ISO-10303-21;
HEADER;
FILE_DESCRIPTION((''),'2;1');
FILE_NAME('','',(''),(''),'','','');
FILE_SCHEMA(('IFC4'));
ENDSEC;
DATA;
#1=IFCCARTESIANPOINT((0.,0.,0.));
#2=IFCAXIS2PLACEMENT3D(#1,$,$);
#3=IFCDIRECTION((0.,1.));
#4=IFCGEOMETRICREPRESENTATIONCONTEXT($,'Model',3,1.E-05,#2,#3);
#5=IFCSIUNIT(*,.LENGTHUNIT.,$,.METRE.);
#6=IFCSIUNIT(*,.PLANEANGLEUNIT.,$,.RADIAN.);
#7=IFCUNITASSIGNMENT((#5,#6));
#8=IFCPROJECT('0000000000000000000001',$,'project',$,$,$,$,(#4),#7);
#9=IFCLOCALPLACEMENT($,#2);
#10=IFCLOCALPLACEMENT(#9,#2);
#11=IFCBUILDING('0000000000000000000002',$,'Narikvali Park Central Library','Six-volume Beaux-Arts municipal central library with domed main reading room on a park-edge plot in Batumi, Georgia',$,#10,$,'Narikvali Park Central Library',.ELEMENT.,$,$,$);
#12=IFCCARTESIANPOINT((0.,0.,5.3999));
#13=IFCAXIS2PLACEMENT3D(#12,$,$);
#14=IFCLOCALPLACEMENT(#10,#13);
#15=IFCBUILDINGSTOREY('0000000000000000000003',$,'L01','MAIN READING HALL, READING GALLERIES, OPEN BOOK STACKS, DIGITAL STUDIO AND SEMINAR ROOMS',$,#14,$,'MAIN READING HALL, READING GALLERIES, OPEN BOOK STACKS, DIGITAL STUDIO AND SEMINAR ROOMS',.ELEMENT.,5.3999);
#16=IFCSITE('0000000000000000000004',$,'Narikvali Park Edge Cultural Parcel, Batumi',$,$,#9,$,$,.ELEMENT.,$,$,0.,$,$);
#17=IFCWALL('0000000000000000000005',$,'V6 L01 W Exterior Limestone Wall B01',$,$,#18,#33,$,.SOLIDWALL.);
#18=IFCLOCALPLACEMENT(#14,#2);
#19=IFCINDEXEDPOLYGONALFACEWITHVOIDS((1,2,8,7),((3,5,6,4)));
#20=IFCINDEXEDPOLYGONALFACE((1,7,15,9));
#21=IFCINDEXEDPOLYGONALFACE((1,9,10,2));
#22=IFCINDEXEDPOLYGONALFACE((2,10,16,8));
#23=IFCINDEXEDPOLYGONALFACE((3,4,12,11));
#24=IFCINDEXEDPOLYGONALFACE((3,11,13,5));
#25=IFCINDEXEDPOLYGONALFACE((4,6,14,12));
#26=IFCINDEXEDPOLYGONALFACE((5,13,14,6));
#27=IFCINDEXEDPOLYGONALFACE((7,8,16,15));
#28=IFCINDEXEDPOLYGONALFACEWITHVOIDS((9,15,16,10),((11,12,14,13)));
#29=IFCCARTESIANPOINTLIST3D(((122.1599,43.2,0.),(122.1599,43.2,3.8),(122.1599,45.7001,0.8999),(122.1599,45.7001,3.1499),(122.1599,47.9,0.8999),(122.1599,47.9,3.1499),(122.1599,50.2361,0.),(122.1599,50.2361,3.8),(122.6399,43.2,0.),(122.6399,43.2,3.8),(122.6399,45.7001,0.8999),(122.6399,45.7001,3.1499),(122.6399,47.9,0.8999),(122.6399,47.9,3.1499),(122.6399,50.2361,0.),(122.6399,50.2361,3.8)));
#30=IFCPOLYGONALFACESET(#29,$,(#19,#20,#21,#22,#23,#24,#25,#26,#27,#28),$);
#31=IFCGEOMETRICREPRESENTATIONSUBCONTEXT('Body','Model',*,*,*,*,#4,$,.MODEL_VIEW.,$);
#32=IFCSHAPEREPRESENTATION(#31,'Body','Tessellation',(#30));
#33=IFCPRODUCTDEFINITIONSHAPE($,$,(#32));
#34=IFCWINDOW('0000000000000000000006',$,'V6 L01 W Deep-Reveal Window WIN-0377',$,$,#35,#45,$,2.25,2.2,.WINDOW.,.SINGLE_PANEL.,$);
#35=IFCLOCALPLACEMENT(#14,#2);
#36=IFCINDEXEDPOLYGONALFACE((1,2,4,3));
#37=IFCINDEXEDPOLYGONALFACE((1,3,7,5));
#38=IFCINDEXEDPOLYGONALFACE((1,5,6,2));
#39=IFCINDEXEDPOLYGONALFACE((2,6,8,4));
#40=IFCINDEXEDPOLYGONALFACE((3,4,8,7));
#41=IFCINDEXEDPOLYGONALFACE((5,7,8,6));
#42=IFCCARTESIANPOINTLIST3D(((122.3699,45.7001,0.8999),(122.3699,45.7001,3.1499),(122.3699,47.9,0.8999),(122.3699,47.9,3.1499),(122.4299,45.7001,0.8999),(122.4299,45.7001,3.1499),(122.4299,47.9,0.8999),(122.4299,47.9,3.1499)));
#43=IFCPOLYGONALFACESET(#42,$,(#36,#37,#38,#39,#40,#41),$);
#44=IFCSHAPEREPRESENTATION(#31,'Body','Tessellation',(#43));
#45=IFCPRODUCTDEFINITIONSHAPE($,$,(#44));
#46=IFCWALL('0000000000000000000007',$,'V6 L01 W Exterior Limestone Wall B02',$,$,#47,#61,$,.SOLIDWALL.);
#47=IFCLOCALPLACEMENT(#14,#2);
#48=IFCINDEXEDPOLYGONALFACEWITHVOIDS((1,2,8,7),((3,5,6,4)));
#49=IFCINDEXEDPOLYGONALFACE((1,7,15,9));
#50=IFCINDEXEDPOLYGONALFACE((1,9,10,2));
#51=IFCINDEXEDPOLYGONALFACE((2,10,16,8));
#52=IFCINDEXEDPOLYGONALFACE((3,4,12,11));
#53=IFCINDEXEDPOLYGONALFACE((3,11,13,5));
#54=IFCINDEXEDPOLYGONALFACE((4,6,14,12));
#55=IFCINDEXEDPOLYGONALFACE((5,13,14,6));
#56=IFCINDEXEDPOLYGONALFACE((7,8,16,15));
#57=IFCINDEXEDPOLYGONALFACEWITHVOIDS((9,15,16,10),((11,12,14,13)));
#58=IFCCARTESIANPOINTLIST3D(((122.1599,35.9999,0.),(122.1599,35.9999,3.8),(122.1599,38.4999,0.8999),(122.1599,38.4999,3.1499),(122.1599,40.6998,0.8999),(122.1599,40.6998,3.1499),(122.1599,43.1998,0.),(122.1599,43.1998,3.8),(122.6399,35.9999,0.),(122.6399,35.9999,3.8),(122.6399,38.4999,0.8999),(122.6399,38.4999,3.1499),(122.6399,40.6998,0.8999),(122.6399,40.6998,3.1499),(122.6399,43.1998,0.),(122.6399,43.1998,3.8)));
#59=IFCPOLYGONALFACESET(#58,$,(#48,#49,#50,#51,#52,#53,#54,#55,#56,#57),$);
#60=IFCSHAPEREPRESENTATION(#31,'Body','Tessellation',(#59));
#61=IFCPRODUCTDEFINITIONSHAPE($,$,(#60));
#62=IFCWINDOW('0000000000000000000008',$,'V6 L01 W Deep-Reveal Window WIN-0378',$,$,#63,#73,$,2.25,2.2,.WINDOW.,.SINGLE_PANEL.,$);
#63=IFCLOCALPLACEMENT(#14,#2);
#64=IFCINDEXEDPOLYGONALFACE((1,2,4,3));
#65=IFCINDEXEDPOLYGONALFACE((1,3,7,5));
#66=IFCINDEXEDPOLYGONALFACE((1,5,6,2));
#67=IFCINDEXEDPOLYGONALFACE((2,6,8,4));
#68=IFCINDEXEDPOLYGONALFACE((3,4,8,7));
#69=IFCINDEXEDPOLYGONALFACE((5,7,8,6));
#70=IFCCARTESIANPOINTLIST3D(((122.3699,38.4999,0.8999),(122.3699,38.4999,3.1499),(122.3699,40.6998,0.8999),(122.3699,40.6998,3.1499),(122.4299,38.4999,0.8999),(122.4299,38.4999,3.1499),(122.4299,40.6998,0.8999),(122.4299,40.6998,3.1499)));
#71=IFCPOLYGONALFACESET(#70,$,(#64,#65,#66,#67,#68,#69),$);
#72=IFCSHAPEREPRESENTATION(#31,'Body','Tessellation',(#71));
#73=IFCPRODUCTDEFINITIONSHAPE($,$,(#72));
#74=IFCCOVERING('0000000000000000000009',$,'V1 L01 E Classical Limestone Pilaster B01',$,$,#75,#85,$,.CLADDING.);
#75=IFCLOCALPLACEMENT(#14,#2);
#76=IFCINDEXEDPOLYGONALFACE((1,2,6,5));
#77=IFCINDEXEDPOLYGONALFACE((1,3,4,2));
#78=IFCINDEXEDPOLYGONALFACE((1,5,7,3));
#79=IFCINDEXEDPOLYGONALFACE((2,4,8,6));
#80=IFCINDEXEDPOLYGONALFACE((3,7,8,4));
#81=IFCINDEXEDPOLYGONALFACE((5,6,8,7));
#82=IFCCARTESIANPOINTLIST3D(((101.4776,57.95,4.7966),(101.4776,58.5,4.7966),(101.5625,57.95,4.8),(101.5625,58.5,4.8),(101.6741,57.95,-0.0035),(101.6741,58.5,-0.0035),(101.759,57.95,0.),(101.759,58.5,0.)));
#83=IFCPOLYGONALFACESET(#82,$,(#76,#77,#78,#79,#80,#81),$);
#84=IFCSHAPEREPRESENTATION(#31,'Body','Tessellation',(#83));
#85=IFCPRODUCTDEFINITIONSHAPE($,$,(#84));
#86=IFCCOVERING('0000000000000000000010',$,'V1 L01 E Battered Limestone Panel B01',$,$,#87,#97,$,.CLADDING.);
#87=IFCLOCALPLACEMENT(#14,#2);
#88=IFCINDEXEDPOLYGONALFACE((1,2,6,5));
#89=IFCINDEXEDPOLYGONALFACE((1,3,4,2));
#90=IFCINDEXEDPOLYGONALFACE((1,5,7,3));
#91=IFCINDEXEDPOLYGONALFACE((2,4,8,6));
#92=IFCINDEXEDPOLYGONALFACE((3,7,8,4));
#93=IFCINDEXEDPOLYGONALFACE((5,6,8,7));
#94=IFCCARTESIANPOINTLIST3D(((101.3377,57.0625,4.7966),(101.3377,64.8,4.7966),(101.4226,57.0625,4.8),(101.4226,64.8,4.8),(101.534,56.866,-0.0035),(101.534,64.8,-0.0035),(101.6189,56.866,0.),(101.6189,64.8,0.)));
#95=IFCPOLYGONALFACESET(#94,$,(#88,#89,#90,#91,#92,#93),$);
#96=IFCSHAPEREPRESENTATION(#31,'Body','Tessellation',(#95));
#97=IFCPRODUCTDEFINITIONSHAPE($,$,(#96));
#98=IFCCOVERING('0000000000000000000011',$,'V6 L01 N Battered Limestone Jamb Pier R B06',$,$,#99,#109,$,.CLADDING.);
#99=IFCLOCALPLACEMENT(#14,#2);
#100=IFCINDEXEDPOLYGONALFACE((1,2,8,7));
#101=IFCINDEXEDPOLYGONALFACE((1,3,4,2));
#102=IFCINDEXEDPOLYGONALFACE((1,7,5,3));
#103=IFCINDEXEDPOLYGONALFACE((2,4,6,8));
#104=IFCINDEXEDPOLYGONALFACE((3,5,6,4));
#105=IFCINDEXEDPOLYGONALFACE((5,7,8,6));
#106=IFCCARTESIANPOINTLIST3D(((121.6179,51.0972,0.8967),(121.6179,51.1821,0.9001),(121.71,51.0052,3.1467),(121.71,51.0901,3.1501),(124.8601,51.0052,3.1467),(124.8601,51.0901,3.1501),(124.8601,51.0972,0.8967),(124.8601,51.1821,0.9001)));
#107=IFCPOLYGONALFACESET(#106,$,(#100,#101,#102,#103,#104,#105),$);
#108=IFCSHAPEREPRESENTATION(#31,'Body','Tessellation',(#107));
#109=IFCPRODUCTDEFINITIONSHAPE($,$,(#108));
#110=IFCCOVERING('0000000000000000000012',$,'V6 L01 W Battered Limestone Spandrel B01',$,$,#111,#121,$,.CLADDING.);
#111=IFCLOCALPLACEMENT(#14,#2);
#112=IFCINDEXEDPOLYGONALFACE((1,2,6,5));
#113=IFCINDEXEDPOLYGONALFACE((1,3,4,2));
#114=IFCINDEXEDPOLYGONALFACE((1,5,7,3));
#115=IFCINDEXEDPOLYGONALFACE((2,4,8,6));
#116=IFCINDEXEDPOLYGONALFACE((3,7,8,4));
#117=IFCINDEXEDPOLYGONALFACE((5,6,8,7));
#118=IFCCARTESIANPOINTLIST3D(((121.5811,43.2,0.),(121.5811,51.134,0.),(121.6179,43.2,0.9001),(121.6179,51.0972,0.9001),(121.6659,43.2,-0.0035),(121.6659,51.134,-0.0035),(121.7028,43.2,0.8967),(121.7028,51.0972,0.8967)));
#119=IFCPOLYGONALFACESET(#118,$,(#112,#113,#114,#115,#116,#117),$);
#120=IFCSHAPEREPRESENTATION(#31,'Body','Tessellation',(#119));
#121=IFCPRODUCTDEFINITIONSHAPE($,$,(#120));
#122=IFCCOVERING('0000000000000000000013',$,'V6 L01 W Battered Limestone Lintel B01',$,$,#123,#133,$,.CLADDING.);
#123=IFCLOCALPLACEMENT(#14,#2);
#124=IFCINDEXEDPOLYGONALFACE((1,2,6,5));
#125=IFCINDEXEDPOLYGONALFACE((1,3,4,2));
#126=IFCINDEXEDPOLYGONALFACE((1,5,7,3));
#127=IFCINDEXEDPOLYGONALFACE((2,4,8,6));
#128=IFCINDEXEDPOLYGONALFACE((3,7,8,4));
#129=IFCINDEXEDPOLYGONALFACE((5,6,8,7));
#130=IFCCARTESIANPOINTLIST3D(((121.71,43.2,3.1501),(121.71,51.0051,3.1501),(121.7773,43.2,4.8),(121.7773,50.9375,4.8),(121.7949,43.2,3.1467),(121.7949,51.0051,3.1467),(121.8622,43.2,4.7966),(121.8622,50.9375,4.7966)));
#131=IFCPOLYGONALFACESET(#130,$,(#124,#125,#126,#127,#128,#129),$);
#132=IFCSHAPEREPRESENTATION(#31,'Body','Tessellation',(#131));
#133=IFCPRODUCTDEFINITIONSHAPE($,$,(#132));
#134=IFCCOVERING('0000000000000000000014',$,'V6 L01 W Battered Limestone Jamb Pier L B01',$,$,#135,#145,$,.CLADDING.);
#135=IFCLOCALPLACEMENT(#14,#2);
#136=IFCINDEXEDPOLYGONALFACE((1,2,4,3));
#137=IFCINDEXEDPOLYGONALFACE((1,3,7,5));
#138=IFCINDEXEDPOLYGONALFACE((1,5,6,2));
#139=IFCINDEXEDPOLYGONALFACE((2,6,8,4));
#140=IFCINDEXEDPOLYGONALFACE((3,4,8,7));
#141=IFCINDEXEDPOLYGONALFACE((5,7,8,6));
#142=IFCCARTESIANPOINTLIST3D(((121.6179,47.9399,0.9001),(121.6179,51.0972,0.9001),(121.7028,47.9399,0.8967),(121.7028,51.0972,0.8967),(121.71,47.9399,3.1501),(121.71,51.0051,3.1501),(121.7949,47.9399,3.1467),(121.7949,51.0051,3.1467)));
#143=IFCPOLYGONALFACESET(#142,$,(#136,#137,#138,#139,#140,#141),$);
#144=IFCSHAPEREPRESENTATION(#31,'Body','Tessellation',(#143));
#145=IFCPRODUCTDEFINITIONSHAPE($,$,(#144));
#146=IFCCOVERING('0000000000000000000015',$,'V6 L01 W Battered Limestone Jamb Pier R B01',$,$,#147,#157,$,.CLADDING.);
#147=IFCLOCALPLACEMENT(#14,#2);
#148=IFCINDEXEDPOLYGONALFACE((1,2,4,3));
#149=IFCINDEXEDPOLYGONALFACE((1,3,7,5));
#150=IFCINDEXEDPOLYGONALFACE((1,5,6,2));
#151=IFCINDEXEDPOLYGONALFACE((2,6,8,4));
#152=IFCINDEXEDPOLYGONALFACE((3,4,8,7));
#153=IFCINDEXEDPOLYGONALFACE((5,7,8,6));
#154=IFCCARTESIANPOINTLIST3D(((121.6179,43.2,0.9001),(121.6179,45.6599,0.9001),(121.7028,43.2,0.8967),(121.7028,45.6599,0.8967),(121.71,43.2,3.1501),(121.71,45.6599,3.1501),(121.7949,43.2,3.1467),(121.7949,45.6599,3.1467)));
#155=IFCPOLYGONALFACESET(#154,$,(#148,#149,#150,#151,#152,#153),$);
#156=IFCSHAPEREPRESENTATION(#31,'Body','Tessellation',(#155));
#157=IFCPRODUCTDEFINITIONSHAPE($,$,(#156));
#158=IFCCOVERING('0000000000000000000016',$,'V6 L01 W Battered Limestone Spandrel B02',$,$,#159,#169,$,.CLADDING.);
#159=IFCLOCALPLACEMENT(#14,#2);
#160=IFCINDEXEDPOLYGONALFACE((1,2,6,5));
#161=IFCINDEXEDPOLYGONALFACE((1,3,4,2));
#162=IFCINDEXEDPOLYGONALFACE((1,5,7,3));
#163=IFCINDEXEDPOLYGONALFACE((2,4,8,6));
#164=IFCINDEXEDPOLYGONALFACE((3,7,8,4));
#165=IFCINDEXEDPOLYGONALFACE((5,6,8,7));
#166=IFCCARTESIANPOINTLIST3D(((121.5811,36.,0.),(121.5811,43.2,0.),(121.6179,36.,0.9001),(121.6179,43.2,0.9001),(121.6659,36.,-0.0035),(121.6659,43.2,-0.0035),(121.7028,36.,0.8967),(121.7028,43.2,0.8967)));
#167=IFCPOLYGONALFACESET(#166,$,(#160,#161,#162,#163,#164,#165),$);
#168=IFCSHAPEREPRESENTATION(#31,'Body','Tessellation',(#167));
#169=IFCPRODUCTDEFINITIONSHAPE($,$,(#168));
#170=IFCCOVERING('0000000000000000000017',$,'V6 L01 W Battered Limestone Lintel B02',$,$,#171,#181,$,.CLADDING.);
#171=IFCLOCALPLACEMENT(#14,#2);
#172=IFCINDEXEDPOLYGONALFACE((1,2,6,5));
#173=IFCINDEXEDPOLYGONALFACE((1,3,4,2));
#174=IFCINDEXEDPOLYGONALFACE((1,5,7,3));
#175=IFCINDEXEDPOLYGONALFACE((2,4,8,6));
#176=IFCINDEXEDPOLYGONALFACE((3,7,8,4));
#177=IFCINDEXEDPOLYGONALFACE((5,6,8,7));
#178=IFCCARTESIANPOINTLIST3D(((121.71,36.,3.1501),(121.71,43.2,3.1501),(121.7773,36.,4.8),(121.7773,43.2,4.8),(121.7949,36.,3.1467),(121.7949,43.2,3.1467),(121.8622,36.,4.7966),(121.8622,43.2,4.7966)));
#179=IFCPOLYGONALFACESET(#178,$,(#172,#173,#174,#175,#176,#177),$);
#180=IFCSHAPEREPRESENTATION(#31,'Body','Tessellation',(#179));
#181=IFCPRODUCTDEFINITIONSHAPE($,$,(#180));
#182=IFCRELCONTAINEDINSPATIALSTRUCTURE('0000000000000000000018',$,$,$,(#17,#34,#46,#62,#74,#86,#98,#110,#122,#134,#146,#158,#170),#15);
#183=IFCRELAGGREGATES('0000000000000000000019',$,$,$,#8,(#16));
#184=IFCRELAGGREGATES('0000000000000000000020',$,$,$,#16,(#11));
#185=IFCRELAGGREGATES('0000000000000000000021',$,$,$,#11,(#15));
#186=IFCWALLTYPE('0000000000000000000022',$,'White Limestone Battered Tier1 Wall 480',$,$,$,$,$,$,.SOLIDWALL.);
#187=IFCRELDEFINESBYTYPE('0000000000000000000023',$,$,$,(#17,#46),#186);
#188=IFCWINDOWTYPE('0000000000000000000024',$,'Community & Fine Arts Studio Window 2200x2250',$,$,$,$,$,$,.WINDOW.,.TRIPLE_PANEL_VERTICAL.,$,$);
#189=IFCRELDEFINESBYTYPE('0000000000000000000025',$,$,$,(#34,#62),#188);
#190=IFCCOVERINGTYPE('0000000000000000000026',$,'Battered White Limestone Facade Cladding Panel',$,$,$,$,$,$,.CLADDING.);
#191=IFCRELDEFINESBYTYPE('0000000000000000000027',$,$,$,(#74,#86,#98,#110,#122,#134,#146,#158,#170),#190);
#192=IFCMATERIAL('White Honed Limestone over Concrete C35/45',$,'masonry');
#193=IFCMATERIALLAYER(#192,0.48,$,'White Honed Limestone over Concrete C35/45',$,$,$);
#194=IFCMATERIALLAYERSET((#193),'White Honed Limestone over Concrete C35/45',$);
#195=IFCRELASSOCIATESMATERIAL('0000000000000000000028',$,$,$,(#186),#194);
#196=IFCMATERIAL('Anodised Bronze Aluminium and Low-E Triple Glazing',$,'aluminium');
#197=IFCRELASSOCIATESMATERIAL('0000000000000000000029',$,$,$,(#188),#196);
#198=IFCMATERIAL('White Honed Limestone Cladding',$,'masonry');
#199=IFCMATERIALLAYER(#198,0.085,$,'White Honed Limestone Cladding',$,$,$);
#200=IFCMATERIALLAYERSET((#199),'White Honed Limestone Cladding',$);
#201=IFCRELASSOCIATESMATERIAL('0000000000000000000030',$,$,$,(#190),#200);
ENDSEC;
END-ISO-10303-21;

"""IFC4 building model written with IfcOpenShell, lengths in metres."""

from ifc_helpers import new_model, si_unit, direction, frame, frame_2d, origin, place, context, subcontext, project, spatial, polyline, rectangle, outline, extrude, material, layer, layer_set, type_object, element, fill, save


model = new_model("IFC4")

# Units and contexts
model_context = context("Model", 3, precision=1e-05, world=origin(), true_north=direction((0.0, 1.0)))
body_context = subcontext(model_context, "Body", "Model", "MODEL_VIEW")
ifc_project = project(units=[si_unit("LENGTHUNIT", "METRE"), si_unit("PLANEANGLEUNIT", "RADIAN")], contexts=[model_context])

# Site, building, storey
site_placement = place(None, origin())
site = spatial("IfcSite", under=ifc_project, at=site_placement, Name="Narikvali Park Edge Cultural Parcel, Batumi", CompositionType="ELEMENT", RefElevation=0.0)
building_placement = place(site_placement, origin())
building = spatial("IfcBuilding", under=site, at=building_placement, Name="Narikvali Park Central Library", Description="Six-volume Beaux-Arts municipal central library with domed main reading room on a park-edge plot in Batumi, Georgia", LongName="Narikvali Park Central Library", CompositionType="ELEMENT")
storey_placement = place(building_placement, frame((0.0, 0.0, 5.3999)))
storey = spatial("IfcBuildingStorey", under=building, at=storey_placement, Name="L01", Description="MAIN READING HALL, READING GALLERIES, OPEN BOOK STACKS, DIGITAL STUDIO AND SEMINAR ROOMS", LongName="MAIN READING HALL, READING GALLERIES, OPEN BOOK STACKS, DIGITAL STUDIO AND SEMINAR ROOMS", CompositionType="ELEMENT", Elevation=5.3999)

# Walls, openings, windows
ifc_material_1 = material(Name="White Honed Limestone over Concrete C35/45", Category="masonry")
ifc_layer_1 = layer(ifc_material_1, 0.48, Name="White Honed Limestone over Concrete C35/45")
ifc_layer_set_1 = layer_set([ifc_layer_1], Name="White Honed Limestone over Concrete C35/45")
wall_type = type_object("IfcWallType", Name="White Limestone Battered Tier1 Wall 480", PredefinedType="SOLIDWALL", material=ifc_layer_set_1)
wall_1_placement = place(storey_placement, frame((122.3999, 50.2361, 0.0), z_axis=(0.0, 0.0, 1.0), x_axis=(0.0, -1.0, 0.0)))
wall_1 = element("IfcWall", 1, at=wall_1_placement, inside=storey, type_object=wall_type, Name="V6 L01 W Exterior Limestone Wall B01", PredefinedType="SOLIDWALL", context=body_context, shape_type="SweptSolid", body=[
    extrude(rectangle(XDim=7.0361, YDim=0.48, at=frame_2d((3.5181, 0.0))), origin(), (0.0, 0.0, 1.0), 3.8),
])
opening_1_placement = place(wall_1_placement, frame((2.3359, 0.0, 0.8999)))
opening_1 = element("IfcOpeningElement", 2, at=opening_1_placement, cuts=wall_1, PredefinedType="OPENING", context=body_context, shape_type="SweptSolid", body=[
    extrude(rectangle(XDim=2.2, YDim=2.25, at=frame_2d((1.1001, 1.125))), frame((0.0, 0.252, 0.0), z_axis=(0.0, -1.0, 0.0), x_axis=(1.0, 0.0, 0.0)), (0.0, 0.0, 1.0), 0.5039),
])
ifc_material_2 = material(Name="Anodised Bronze Aluminium and Low-E Triple Glazing", Category="aluminium")
window_type_1 = type_object("IfcWindowType", Name="Community & Fine Arts Studio Window 2200x2250", PartitioningType="TRIPLE_PANEL_VERTICAL", PredefinedType="WINDOW", material=ifc_material_2)
window_1_placement = place(opening_1_placement, origin())
window_1 = element("IfcWindow", 3, at=window_1_placement, inside=storey, type_object=window_type_1, Name="V6 L01 W Deep-Reveal Window WIN-0377", OverallHeight=2.25, OverallWidth=2.2, PartitioningType="SINGLE_PANEL", PredefinedType="WINDOW", context=body_context, shape_type="SweptSolid", body=[
    extrude(rectangle(XDim=2.2, YDim=2.25, at=frame_2d((1.1001, 1.125))), frame((0.0, 0.03, 0.0), z_axis=(0.0, -1.0, 0.0), x_axis=(1.0, 0.0, 0.0)), (0.0, 0.0, 1.0), 0.0601),
])
fill(opening_1, window_1)
wall_2_placement = place(storey_placement, frame((122.3999, 43.2, 0.0), z_axis=(0.0, 0.0, 1.0), x_axis=(0.0, -1.0, 0.0)))
wall_2 = element("IfcWall", 4, at=wall_2_placement, inside=storey, type_object=wall_type, Name="V6 L01 W Exterior Limestone Wall B02", PredefinedType="SOLIDWALL", context=body_context, shape_type="SweptSolid", body=[
    extrude(rectangle(XDim=7.2, YDim=0.48, at=frame_2d((3.6001, 0.0))), origin(), (0.0, 0.0, 1.0), 3.8),
])
opening_2_placement = place(wall_2_placement, frame((2.5, 0.0, 0.8999)))
opening_2 = element("IfcOpeningElement", 5, at=opening_2_placement, cuts=wall_2, PredefinedType="OPENING", context=body_context, shape_type="SweptSolid", body=[
    extrude(rectangle(XDim=2.2, YDim=2.25, at=frame_2d((1.1001, 1.125))), frame((0.0, 0.252, 0.0), z_axis=(0.0, -1.0, 0.0), x_axis=(1.0, 0.0, 0.0)), (0.0, 0.0, 1.0), 0.5039),
])
window_2_placement = place(opening_2_placement, origin())
window_2 = element("IfcWindow", 6, at=window_2_placement, inside=storey, type_object=window_type_1, Name="V6 L01 W Deep-Reveal Window WIN-0378", OverallHeight=2.25, OverallWidth=2.2, PartitioningType="SINGLE_PANEL", PredefinedType="WINDOW", context=body_context, shape_type="SweptSolid", body=[
    extrude(rectangle(XDim=2.2, YDim=2.25, at=frame_2d((1.1001, 1.125))), frame((0.0, 0.03, 0.0), z_axis=(0.0, -1.0, 0.0), x_axis=(1.0, 0.0, 0.0)), (0.0, 0.0, 1.0), 0.0601),
])
fill(opening_2, window_2)

# Coverings
ifc_material_3 = material(Name="White Honed Limestone Cladding", Category="masonry")
ifc_layer_2 = layer(ifc_material_3, 0.085, Name="White Honed Limestone Cladding")
ifc_layer_set_2 = layer_set([ifc_layer_2], Name="White Honed Limestone Cladding")
covering_type = type_object("IfcCoveringType", Name="Battered White Limestone Facade Cladding Panel", PredefinedType="CLADDING", material=ifc_layer_set_2)
covering_1_placement = place(storey_placement, frame((101.759, 57.95, 0.0), z_axis=(0.999163, 0.0, 0.04091), x_axis=(0.0, 1.0, 0.0)))
element("IfcCovering", 7, at=covering_1_placement, inside=storey, type_object=covering_type, Name="V1 L01 E Classical Limestone Pilaster B01", PredefinedType="CLADDING", context=body_context, shape_type="SweptSolid", body=[
    extrude(outline(polyline([(0.0, 0.0), (0.55, 0.0), (0.55, 4.8041), (0.0, 4.8041), (0.0, 0.0)])), origin(), (0.0, 0.0, -1.0), 0.085),
])
covering_2_placement = place(storey_placement, frame((101.6189, 56.866, 0.0), z_axis=(0.999165, 0.0, 0.040859), x_axis=(0.0, 1.0, 0.0)))
element("IfcCovering", 8, at=covering_2_placement, inside=storey, type_object=covering_type, Name="V1 L01 E Battered Limestone Panel B01", PredefinedType="CLADDING", context=body_context, shape_type="SweptSolid", body=[
    extrude(outline(polyline([(0.0, 0.0), (7.9341, 0.0), (7.9341, 4.8041), (0.1965, 4.8041), (0.0, 0.0)])), origin(), (0.0, 0.0, -1.0), 0.085),
])
covering_3_placement = place(storey_placement, frame((124.8601, 51.1821, 0.9001), z_axis=(0.0, 0.999164, 0.040873), x_axis=(-1.0, 0.0, 0.0)))
element("IfcCovering", 9, at=covering_3_placement, inside=storey, type_object=covering_type, Name="V6 L01 N Battered Limestone Jamb Pier R B06", PredefinedType="CLADDING", context=body_context, shape_type="SweptSolid", body=[
    extrude(outline(polyline([(0.0, 0.0), (3.2422, 0.0), (3.1501, 2.2519), (0.0, 2.2519), (0.0, 0.0)])), origin(), (0.0, 0.0, -1.0), 0.085),
])
covering_4_placement = place(storey_placement, frame((121.5811, 51.134, 0.0), z_axis=(-0.999162, 0.0, 0.04092), x_axis=(0.0, -1.0, 0.0)))
element("IfcCovering", 10, at=covering_4_placement, inside=storey, type_object=covering_type, Name="V6 L01 W Battered Limestone Spandrel B01", PredefinedType="CLADDING", context=body_context, shape_type="SweptSolid", body=[
    extrude(outline(polyline([(0.0, 0.0), (7.9341, 0.0), (7.9341, 0.9009), (0.0369, 0.9009), (0.0, 0.0)])), origin(), (0.0, 0.0, -1.0), 0.085),
])
covering_5_placement = place(storey_placement, frame((121.71, 51.0051, 3.1501), z_axis=(-0.999167, 0.0, 0.040806), x_axis=(0.0, -1.0, 0.0)))
element("IfcCovering", 11, at=covering_5_placement, inside=storey, type_object=covering_type, Name="V6 L01 W Battered Limestone Lintel B01", PredefinedType="CLADDING", context=body_context, shape_type="SweptSolid", body=[
    extrude(outline(polyline([(0.0, 0.0), (7.8052, 0.0), (7.8052, 1.6513), (0.0676, 1.6513), (0.0, 0.0)])), origin(), (0.0, 0.0, -1.0), 0.085),
])
covering_6_placement = place(storey_placement, frame((121.6179, 51.0972, 0.9001), z_axis=(-0.999164, 0.0, 0.040873), x_axis=(0.0, -1.0, 0.0)))
element("IfcCovering", 12, at=covering_6_placement, inside=storey, type_object=covering_type, Name="V6 L01 W Battered Limestone Jamb Pier L B01", PredefinedType="CLADDING", context=body_context, shape_type="SweptSolid", body=[
    extrude(outline(polyline([(0.0, 0.0), (3.1572, 0.0), (3.1572, 2.2519), (0.092, 2.2519), (0.0, 0.0)])), origin(), (0.0, 0.0, -1.0), 0.085),
])
covering_7_placement = place(storey_placement, frame((121.6179, 45.6599, 0.9001), z_axis=(-0.999164, 0.0, 0.040873), x_axis=(0.0, -1.0, 0.0)))
element("IfcCovering", 13, at=covering_7_placement, inside=storey, type_object=covering_type, Name="V6 L01 W Battered Limestone Jamb Pier R B01", PredefinedType="CLADDING", context=body_context, shape_type="SweptSolid", body=[
    extrude(outline(polyline([(0.0, 0.0), (2.46, 0.0), (2.46, 2.2519), (0.0, 2.2519), (0.0, 0.0)])), origin(), (0.0, 0.0, -1.0), 0.085),
])
covering_8_placement = place(storey_placement, frame((121.5811, 43.2, 0.0), z_axis=(-0.999162, 0.0, 0.04092), x_axis=(0.0, -1.0, 0.0)))
element("IfcCovering", 14, at=covering_8_placement, inside=storey, type_object=covering_type, Name="V6 L01 W Battered Limestone Spandrel B02", PredefinedType="CLADDING", context=body_context, shape_type="SweptSolid", body=[
    extrude(outline(polyline([(0.0, 0.0), (7.2, 0.0), (7.2, 0.9009), (0.0, 0.9009), (0.0, 0.0)])), origin(), (0.0, 0.0, -1.0), 0.085),
])
covering_9_placement = place(storey_placement, frame((121.71, 43.2, 3.1501), z_axis=(-0.999167, 0.0, 0.040806), x_axis=(0.0, -1.0, 0.0)))
element("IfcCovering", 15, at=covering_9_placement, inside=storey, type_object=covering_type, Name="V6 L01 W Battered Limestone Lintel B02", PredefinedType="CLADDING", context=body_context, shape_type="SweptSolid", body=[
    extrude(outline(polyline([(0.0, 0.0), (7.2, 0.0), (7.2, 1.6513), (0.0, 1.6513), (0.0, 0.0)])), origin(), (0.0, 0.0, -1.0), 0.085),
])

save(model, "model.ifc")
